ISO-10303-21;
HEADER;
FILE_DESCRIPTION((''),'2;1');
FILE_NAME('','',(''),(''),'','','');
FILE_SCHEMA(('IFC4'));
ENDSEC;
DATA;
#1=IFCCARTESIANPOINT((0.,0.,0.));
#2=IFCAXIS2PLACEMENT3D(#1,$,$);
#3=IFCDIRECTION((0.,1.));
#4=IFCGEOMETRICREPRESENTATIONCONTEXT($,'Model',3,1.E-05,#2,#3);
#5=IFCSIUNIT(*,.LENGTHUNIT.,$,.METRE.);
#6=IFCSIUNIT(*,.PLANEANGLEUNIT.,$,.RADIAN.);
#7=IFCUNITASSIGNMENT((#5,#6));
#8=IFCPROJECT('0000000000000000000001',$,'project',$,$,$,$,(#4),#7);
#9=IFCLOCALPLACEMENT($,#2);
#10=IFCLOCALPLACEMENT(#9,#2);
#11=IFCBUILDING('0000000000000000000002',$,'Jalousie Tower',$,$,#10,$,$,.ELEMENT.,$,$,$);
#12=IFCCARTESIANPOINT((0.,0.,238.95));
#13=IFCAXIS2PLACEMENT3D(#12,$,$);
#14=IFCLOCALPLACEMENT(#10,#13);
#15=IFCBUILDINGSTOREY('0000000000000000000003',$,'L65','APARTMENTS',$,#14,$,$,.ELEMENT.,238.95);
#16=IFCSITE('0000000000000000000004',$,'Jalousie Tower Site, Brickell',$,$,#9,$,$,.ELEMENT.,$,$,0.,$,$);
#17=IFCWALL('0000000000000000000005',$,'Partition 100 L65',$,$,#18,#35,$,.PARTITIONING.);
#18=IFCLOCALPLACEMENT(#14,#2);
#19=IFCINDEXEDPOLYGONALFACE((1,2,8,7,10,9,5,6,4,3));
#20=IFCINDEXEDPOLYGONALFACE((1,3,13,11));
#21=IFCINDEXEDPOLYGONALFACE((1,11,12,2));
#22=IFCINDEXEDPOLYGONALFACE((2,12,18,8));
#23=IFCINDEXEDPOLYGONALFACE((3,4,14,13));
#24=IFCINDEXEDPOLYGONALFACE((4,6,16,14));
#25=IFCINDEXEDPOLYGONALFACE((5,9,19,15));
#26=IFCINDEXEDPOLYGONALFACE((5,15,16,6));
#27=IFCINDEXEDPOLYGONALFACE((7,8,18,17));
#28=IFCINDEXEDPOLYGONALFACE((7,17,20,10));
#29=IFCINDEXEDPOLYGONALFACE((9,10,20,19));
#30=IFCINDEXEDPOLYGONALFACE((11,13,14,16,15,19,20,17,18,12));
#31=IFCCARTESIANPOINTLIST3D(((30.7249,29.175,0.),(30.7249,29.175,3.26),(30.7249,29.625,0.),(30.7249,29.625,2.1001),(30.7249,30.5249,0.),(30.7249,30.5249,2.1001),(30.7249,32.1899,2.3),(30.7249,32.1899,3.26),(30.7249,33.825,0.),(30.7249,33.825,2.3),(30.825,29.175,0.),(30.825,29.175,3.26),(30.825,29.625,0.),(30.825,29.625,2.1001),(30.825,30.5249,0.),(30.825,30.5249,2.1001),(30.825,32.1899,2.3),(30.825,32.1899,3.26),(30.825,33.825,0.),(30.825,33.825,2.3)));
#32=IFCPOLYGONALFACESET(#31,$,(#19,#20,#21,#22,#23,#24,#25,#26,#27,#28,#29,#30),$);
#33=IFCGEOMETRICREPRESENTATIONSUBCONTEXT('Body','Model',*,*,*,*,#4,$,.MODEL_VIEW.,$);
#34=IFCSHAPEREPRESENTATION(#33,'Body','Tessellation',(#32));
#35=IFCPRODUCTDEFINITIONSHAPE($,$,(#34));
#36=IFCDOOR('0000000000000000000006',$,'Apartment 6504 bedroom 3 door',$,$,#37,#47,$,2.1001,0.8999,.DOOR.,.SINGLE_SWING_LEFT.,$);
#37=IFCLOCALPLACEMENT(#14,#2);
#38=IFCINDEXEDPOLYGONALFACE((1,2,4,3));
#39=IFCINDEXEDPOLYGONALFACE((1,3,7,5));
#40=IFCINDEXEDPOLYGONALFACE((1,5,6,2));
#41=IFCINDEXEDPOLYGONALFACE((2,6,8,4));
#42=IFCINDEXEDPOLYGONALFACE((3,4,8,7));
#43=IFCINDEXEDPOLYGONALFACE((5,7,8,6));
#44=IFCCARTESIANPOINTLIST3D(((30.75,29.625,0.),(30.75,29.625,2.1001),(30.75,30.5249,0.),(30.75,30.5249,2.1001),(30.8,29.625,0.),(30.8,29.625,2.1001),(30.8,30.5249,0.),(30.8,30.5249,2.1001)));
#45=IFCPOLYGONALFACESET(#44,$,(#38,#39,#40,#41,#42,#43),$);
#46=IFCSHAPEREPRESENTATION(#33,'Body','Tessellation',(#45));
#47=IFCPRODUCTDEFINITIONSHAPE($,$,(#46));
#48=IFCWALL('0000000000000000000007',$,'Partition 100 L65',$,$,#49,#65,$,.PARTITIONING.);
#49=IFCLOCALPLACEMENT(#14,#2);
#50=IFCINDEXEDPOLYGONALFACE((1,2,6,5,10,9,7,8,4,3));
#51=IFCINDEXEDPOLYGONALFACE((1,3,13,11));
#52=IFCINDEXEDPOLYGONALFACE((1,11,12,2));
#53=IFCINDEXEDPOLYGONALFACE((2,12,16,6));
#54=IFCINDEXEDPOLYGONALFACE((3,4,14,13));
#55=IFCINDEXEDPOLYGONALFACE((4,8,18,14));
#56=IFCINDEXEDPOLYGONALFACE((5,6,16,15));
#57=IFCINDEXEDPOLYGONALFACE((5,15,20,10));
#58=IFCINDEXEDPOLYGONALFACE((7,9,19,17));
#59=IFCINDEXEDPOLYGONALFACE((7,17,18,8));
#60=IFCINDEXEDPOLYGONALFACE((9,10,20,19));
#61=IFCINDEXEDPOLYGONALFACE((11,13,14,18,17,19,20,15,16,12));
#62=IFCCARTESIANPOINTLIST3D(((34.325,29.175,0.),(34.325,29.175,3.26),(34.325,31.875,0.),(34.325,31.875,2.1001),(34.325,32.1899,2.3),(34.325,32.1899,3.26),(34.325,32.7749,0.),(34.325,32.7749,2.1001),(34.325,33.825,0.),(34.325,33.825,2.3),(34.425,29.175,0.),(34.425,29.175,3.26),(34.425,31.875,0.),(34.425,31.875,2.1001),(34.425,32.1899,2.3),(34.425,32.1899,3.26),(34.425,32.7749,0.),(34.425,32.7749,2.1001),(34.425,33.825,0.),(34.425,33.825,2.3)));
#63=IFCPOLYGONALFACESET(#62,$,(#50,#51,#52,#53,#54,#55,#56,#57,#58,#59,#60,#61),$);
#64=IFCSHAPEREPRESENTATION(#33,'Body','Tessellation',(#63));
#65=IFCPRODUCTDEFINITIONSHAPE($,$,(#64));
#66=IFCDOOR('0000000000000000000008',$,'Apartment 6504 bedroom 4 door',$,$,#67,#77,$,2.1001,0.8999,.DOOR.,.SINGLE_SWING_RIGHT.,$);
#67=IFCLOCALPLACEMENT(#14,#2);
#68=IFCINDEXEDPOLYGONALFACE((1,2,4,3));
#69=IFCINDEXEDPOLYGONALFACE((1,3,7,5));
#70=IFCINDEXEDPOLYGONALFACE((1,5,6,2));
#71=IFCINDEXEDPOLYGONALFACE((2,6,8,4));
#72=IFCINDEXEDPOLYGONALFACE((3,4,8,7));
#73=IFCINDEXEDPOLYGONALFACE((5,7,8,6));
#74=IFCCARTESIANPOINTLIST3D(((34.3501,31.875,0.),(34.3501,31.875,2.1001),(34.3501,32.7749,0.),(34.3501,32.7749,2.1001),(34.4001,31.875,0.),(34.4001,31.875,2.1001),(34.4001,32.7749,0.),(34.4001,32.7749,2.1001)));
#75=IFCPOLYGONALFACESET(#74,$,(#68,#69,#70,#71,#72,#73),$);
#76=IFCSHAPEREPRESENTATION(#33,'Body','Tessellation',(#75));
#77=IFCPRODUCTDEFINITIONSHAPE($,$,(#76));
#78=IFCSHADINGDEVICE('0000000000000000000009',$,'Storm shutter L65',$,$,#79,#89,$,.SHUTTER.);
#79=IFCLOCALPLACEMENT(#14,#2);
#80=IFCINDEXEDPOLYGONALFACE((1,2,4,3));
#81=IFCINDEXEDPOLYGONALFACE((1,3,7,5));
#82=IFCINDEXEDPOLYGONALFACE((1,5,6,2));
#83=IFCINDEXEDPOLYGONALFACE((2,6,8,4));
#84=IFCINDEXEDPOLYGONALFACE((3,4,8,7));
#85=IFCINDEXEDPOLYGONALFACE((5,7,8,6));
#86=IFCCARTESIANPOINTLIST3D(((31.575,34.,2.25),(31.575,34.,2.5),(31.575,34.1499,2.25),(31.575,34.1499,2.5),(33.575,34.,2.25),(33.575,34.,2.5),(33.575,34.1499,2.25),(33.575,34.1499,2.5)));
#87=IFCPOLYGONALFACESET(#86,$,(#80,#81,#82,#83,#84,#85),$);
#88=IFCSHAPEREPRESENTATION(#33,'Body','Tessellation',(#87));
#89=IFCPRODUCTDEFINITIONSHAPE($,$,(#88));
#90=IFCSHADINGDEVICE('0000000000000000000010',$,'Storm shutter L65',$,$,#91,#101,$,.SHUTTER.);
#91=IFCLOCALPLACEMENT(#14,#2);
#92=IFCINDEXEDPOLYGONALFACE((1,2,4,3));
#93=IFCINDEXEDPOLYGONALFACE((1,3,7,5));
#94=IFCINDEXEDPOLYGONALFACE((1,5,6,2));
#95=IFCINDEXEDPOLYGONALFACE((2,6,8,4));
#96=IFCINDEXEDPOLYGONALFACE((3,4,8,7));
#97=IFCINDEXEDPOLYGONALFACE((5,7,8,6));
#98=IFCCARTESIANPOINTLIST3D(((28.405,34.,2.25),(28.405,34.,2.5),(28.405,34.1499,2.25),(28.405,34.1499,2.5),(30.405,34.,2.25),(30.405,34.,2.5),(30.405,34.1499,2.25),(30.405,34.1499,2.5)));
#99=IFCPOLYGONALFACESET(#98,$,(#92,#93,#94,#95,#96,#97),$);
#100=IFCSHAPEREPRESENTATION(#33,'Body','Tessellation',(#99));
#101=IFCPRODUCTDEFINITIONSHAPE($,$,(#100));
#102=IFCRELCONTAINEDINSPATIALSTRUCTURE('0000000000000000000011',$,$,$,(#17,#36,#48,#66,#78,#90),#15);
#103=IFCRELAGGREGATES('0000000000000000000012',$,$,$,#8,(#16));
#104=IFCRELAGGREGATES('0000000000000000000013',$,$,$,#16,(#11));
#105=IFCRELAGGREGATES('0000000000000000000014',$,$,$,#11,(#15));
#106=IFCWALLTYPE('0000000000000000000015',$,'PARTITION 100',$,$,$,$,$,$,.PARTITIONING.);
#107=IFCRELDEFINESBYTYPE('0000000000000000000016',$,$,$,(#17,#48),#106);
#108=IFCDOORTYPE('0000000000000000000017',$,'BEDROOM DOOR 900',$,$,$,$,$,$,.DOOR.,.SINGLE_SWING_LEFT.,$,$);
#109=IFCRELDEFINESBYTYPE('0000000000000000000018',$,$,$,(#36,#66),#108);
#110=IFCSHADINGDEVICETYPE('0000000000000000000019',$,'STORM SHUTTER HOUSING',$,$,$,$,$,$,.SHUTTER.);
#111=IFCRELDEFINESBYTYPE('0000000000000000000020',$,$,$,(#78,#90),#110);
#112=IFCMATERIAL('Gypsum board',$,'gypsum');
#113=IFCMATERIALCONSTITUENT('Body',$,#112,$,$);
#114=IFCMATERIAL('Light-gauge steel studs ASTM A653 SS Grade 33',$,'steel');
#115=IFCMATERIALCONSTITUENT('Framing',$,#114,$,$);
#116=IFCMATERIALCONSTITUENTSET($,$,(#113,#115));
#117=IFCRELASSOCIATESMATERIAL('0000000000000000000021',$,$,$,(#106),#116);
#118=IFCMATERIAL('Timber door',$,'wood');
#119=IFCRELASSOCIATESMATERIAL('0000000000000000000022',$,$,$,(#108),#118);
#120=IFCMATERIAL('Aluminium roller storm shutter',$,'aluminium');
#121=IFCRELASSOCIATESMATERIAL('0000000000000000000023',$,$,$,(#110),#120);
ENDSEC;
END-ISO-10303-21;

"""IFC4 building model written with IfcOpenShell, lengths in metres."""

from ifc_helpers import new_model, si_unit, direction, frame, frame_2d, origin, origin_2d, place, context, subcontext, project, spatial, polyline, rectangle, outline, extrude, material, constituent, constituent_set, type_object, element, fill, save


model = new_model("IFC4")

# Units and contexts
model_context = context("Model", 3, precision=1e-05, world=origin(), true_north=direction((0.0, 1.0)))
body_context = subcontext(model_context, "Body", "Model", "MODEL_VIEW")
ifc_project = project(units=[si_unit("LENGTHUNIT", "METRE"), si_unit("PLANEANGLEUNIT", "RADIAN")], contexts=[model_context])

# Site, building, storey
site_placement = place(None, origin())
site = spatial("IfcSite", under=ifc_project, at=site_placement, Name="Jalousie Tower Site, Brickell", CompositionType="ELEMENT", RefElevation=0.0)
building_placement = place(site_placement, origin())
building = spatial("IfcBuilding", under=site, at=building_placement, Name="Jalousie Tower", CompositionType="ELEMENT")
storey_placement = place(building_placement, frame((0.0, 0.0, 238.95)))
storey = spatial("IfcBuildingStorey", under=building, at=storey_placement, Name="L65", Description="APARTMENTS", CompositionType="ELEMENT", Elevation=238.95)

# Walls, openings, doors
ifc_material_1 = material(Name="Gypsum board", Category="gypsum")
ifc_constituent_1 = constituent(ifc_material_1, Name="Body")
ifc_material_2 = material(Name="Light-gauge steel studs ASTM A653 SS Grade 33", Category="steel")
ifc_constituent_2 = constituent(ifc_material_2, Name="Framing")
ifc_constituent_set = constituent_set(constituents=[ifc_constituent_1, ifc_constituent_2])
wall_type_1 = type_object("IfcWallType", Name="PARTITION 100", PredefinedType="PARTITIONING", material=ifc_constituent_set)
ifc_material_3 = material(Name="Timber door", Category="wood")
door_type_1 = type_object("IfcDoorType", Name="BEDROOM DOOR 900", OperationType="SINGLE_SWING_LEFT", PredefinedType="DOOR", material=ifc_material_3)
wall_1_placement = place(storey_placement, frame((30.7749, 33.825, 0.0), z_axis=(0.0, 0.0, 1.0), x_axis=(0.0, -1.0, 0.0)))
wall_1 = element("IfcWall", 1, at=wall_1_placement, inside=storey, type_object=wall_type_1, Name="Partition 100 L65", PredefinedType="PARTITIONING", context=body_context, shape_type="SweptSolid", body=[
    extrude(outline(polyline([(0.0, 0.0), (4.6499, 0.0), (4.6499, 3.26), (1.635, 3.26), (1.635, 2.3), (0.0, 2.3), (0.0, 3.26), (0.0, 0.0)])), frame((0.0, 0.05, 0.0), z_axis=(0.0, -1.0, 0.0), x_axis=(1.0, 0.0, 0.0)), (0.0, 0.0, 1.0), 0.1001),
])
opening_1_placement = place(wall_1_placement, frame((3.3, 0.0, 0.0)))
opening_1 = element("IfcOpeningElement", 2, at=opening_1_placement, cuts=wall_1, PredefinedType="OPENING", context=body_context, shape_type="SweptSolid", body=[
    extrude(rectangle(XDim=0.8999, YDim=2.1001, at=frame_2d((0.45, 1.05))), frame((0.0, 0.0601, 0.0), z_axis=(0.0, -1.0, 0.0), x_axis=(1.0, 0.0, 0.0)), (0.0, 0.0, 1.0), 0.1201),
])
door_1_placement = place(opening_1_placement, frame((0.8999, 0.0, 0.0), z_axis=(0.0, 0.0, 1.0), x_axis=(-1.0, 0.0, 0.0)))
door_1 = element("IfcDoor", 3, at=door_1_placement, inside=storey, type_object=door_type_1, Name="Apartment 6504 bedroom 3 door", OperationType="SINGLE_SWING_LEFT", OverallHeight=2.1001, OverallWidth=0.8999, PredefinedType="DOOR", context=body_context, shape_type="SweptSolid", body=[
    extrude(rectangle(XDim=0.8999, YDim=2.1001, at=frame_2d((0.45, 1.05))), frame((0.0, 0.0249, 0.0), z_axis=(0.0, -1.0, 0.0), x_axis=(1.0, 0.0, 0.0)), (0.0, 0.0, 1.0), 0.05),
])
fill(opening_1, door_1)
wall_2_placement = place(storey_placement, frame((34.375, 33.825, 0.0), z_axis=(0.0, 0.0, 1.0), x_axis=(0.0, -1.0, 0.0)))
wall_2 = element("IfcWall", 4, at=wall_2_placement, inside=storey, type_object=wall_type_1, Name="Partition 100 L65", PredefinedType="PARTITIONING", context=body_context, shape_type="SweptSolid", body=[
    extrude(outline(polyline([(0.0, 0.0), (4.6499, 0.0), (4.6499, 3.26), (1.635, 3.26), (1.635, 2.3), (0.0, 2.3), (0.0, 3.26), (0.0, 0.0)])), frame((0.0, 0.05, 0.0), z_axis=(0.0, -1.0, 0.0), x_axis=(1.0, 0.0, 0.0)), (0.0, 0.0, 1.0), 0.1001),
])
opening_2_placement = place(wall_2_placement, frame((1.05, 0.0, 0.0)))
opening_2 = element("IfcOpeningElement", 5, at=opening_2_placement, cuts=wall_2, PredefinedType="OPENING", context=body_context, shape_type="SweptSolid", body=[
    extrude(rectangle(XDim=0.8999, YDim=2.1001, at=frame_2d((0.45, 1.05))), frame((0.0, 0.0601, 0.0), z_axis=(0.0, -1.0, 0.0), x_axis=(1.0, 0.0, 0.0)), (0.0, 0.0, 1.0), 0.1201),
])
door_2_placement = place(opening_2_placement, frame((0.8999, 0.0, 0.0), z_axis=(0.0, 0.0, 1.0), x_axis=(-1.0, 0.0, 0.0)))
door_2 = element("IfcDoor", 6, at=door_2_placement, inside=storey, type_object=door_type_1, Name="Apartment 6504 bedroom 4 door", OperationType="SINGLE_SWING_RIGHT", OverallHeight=2.1001, OverallWidth=0.8999, PredefinedType="DOOR", context=body_context, shape_type="SweptSolid", body=[
    extrude(rectangle(XDim=0.8999, YDim=2.1001, at=frame_2d((0.45, 1.05))), frame((0.0, 0.0249, 0.0), z_axis=(0.0, -1.0, 0.0), x_axis=(1.0, 0.0, 0.0)), (0.0, 0.0, 1.0), 0.05),
])
fill(opening_2, door_2)

# Shading devices
ifc_material_4 = material(Name="Aluminium roller storm shutter", Category="aluminium")
shading_device_type = type_object("IfcShadingDeviceType", Name="STORM SHUTTER HOUSING", PredefinedType="SHUTTER", material=ifc_material_4)
for number, where, z_axis, x_axis, name in (
    (7, (32.575, 34.075, 2.25), (0.0, 0.0, 1.0), (-1.0, 0.0, 0.0), "Storm shutter L65"),
    (8, (29.405, 34.075, 2.25), (0.0, 0.0, 1.0), (-1.0, 0.0, 0.0), "Storm shutter L65"),
):
    element("IfcShadingDevice", number, at=place(storey_placement, frame(where, z_axis=z_axis, x_axis=x_axis)), inside=storey, type_object=shading_device_type, Name=name, PredefinedType="SHUTTER", context=body_context, shape_type="SweptSolid", body=[
        extrude(rectangle(XDim=2.0, YDim=0.1499, at=origin_2d()), origin(), (0.0, 0.0, 1.0), 0.25),
    ])

save(model, "model.ifc")
